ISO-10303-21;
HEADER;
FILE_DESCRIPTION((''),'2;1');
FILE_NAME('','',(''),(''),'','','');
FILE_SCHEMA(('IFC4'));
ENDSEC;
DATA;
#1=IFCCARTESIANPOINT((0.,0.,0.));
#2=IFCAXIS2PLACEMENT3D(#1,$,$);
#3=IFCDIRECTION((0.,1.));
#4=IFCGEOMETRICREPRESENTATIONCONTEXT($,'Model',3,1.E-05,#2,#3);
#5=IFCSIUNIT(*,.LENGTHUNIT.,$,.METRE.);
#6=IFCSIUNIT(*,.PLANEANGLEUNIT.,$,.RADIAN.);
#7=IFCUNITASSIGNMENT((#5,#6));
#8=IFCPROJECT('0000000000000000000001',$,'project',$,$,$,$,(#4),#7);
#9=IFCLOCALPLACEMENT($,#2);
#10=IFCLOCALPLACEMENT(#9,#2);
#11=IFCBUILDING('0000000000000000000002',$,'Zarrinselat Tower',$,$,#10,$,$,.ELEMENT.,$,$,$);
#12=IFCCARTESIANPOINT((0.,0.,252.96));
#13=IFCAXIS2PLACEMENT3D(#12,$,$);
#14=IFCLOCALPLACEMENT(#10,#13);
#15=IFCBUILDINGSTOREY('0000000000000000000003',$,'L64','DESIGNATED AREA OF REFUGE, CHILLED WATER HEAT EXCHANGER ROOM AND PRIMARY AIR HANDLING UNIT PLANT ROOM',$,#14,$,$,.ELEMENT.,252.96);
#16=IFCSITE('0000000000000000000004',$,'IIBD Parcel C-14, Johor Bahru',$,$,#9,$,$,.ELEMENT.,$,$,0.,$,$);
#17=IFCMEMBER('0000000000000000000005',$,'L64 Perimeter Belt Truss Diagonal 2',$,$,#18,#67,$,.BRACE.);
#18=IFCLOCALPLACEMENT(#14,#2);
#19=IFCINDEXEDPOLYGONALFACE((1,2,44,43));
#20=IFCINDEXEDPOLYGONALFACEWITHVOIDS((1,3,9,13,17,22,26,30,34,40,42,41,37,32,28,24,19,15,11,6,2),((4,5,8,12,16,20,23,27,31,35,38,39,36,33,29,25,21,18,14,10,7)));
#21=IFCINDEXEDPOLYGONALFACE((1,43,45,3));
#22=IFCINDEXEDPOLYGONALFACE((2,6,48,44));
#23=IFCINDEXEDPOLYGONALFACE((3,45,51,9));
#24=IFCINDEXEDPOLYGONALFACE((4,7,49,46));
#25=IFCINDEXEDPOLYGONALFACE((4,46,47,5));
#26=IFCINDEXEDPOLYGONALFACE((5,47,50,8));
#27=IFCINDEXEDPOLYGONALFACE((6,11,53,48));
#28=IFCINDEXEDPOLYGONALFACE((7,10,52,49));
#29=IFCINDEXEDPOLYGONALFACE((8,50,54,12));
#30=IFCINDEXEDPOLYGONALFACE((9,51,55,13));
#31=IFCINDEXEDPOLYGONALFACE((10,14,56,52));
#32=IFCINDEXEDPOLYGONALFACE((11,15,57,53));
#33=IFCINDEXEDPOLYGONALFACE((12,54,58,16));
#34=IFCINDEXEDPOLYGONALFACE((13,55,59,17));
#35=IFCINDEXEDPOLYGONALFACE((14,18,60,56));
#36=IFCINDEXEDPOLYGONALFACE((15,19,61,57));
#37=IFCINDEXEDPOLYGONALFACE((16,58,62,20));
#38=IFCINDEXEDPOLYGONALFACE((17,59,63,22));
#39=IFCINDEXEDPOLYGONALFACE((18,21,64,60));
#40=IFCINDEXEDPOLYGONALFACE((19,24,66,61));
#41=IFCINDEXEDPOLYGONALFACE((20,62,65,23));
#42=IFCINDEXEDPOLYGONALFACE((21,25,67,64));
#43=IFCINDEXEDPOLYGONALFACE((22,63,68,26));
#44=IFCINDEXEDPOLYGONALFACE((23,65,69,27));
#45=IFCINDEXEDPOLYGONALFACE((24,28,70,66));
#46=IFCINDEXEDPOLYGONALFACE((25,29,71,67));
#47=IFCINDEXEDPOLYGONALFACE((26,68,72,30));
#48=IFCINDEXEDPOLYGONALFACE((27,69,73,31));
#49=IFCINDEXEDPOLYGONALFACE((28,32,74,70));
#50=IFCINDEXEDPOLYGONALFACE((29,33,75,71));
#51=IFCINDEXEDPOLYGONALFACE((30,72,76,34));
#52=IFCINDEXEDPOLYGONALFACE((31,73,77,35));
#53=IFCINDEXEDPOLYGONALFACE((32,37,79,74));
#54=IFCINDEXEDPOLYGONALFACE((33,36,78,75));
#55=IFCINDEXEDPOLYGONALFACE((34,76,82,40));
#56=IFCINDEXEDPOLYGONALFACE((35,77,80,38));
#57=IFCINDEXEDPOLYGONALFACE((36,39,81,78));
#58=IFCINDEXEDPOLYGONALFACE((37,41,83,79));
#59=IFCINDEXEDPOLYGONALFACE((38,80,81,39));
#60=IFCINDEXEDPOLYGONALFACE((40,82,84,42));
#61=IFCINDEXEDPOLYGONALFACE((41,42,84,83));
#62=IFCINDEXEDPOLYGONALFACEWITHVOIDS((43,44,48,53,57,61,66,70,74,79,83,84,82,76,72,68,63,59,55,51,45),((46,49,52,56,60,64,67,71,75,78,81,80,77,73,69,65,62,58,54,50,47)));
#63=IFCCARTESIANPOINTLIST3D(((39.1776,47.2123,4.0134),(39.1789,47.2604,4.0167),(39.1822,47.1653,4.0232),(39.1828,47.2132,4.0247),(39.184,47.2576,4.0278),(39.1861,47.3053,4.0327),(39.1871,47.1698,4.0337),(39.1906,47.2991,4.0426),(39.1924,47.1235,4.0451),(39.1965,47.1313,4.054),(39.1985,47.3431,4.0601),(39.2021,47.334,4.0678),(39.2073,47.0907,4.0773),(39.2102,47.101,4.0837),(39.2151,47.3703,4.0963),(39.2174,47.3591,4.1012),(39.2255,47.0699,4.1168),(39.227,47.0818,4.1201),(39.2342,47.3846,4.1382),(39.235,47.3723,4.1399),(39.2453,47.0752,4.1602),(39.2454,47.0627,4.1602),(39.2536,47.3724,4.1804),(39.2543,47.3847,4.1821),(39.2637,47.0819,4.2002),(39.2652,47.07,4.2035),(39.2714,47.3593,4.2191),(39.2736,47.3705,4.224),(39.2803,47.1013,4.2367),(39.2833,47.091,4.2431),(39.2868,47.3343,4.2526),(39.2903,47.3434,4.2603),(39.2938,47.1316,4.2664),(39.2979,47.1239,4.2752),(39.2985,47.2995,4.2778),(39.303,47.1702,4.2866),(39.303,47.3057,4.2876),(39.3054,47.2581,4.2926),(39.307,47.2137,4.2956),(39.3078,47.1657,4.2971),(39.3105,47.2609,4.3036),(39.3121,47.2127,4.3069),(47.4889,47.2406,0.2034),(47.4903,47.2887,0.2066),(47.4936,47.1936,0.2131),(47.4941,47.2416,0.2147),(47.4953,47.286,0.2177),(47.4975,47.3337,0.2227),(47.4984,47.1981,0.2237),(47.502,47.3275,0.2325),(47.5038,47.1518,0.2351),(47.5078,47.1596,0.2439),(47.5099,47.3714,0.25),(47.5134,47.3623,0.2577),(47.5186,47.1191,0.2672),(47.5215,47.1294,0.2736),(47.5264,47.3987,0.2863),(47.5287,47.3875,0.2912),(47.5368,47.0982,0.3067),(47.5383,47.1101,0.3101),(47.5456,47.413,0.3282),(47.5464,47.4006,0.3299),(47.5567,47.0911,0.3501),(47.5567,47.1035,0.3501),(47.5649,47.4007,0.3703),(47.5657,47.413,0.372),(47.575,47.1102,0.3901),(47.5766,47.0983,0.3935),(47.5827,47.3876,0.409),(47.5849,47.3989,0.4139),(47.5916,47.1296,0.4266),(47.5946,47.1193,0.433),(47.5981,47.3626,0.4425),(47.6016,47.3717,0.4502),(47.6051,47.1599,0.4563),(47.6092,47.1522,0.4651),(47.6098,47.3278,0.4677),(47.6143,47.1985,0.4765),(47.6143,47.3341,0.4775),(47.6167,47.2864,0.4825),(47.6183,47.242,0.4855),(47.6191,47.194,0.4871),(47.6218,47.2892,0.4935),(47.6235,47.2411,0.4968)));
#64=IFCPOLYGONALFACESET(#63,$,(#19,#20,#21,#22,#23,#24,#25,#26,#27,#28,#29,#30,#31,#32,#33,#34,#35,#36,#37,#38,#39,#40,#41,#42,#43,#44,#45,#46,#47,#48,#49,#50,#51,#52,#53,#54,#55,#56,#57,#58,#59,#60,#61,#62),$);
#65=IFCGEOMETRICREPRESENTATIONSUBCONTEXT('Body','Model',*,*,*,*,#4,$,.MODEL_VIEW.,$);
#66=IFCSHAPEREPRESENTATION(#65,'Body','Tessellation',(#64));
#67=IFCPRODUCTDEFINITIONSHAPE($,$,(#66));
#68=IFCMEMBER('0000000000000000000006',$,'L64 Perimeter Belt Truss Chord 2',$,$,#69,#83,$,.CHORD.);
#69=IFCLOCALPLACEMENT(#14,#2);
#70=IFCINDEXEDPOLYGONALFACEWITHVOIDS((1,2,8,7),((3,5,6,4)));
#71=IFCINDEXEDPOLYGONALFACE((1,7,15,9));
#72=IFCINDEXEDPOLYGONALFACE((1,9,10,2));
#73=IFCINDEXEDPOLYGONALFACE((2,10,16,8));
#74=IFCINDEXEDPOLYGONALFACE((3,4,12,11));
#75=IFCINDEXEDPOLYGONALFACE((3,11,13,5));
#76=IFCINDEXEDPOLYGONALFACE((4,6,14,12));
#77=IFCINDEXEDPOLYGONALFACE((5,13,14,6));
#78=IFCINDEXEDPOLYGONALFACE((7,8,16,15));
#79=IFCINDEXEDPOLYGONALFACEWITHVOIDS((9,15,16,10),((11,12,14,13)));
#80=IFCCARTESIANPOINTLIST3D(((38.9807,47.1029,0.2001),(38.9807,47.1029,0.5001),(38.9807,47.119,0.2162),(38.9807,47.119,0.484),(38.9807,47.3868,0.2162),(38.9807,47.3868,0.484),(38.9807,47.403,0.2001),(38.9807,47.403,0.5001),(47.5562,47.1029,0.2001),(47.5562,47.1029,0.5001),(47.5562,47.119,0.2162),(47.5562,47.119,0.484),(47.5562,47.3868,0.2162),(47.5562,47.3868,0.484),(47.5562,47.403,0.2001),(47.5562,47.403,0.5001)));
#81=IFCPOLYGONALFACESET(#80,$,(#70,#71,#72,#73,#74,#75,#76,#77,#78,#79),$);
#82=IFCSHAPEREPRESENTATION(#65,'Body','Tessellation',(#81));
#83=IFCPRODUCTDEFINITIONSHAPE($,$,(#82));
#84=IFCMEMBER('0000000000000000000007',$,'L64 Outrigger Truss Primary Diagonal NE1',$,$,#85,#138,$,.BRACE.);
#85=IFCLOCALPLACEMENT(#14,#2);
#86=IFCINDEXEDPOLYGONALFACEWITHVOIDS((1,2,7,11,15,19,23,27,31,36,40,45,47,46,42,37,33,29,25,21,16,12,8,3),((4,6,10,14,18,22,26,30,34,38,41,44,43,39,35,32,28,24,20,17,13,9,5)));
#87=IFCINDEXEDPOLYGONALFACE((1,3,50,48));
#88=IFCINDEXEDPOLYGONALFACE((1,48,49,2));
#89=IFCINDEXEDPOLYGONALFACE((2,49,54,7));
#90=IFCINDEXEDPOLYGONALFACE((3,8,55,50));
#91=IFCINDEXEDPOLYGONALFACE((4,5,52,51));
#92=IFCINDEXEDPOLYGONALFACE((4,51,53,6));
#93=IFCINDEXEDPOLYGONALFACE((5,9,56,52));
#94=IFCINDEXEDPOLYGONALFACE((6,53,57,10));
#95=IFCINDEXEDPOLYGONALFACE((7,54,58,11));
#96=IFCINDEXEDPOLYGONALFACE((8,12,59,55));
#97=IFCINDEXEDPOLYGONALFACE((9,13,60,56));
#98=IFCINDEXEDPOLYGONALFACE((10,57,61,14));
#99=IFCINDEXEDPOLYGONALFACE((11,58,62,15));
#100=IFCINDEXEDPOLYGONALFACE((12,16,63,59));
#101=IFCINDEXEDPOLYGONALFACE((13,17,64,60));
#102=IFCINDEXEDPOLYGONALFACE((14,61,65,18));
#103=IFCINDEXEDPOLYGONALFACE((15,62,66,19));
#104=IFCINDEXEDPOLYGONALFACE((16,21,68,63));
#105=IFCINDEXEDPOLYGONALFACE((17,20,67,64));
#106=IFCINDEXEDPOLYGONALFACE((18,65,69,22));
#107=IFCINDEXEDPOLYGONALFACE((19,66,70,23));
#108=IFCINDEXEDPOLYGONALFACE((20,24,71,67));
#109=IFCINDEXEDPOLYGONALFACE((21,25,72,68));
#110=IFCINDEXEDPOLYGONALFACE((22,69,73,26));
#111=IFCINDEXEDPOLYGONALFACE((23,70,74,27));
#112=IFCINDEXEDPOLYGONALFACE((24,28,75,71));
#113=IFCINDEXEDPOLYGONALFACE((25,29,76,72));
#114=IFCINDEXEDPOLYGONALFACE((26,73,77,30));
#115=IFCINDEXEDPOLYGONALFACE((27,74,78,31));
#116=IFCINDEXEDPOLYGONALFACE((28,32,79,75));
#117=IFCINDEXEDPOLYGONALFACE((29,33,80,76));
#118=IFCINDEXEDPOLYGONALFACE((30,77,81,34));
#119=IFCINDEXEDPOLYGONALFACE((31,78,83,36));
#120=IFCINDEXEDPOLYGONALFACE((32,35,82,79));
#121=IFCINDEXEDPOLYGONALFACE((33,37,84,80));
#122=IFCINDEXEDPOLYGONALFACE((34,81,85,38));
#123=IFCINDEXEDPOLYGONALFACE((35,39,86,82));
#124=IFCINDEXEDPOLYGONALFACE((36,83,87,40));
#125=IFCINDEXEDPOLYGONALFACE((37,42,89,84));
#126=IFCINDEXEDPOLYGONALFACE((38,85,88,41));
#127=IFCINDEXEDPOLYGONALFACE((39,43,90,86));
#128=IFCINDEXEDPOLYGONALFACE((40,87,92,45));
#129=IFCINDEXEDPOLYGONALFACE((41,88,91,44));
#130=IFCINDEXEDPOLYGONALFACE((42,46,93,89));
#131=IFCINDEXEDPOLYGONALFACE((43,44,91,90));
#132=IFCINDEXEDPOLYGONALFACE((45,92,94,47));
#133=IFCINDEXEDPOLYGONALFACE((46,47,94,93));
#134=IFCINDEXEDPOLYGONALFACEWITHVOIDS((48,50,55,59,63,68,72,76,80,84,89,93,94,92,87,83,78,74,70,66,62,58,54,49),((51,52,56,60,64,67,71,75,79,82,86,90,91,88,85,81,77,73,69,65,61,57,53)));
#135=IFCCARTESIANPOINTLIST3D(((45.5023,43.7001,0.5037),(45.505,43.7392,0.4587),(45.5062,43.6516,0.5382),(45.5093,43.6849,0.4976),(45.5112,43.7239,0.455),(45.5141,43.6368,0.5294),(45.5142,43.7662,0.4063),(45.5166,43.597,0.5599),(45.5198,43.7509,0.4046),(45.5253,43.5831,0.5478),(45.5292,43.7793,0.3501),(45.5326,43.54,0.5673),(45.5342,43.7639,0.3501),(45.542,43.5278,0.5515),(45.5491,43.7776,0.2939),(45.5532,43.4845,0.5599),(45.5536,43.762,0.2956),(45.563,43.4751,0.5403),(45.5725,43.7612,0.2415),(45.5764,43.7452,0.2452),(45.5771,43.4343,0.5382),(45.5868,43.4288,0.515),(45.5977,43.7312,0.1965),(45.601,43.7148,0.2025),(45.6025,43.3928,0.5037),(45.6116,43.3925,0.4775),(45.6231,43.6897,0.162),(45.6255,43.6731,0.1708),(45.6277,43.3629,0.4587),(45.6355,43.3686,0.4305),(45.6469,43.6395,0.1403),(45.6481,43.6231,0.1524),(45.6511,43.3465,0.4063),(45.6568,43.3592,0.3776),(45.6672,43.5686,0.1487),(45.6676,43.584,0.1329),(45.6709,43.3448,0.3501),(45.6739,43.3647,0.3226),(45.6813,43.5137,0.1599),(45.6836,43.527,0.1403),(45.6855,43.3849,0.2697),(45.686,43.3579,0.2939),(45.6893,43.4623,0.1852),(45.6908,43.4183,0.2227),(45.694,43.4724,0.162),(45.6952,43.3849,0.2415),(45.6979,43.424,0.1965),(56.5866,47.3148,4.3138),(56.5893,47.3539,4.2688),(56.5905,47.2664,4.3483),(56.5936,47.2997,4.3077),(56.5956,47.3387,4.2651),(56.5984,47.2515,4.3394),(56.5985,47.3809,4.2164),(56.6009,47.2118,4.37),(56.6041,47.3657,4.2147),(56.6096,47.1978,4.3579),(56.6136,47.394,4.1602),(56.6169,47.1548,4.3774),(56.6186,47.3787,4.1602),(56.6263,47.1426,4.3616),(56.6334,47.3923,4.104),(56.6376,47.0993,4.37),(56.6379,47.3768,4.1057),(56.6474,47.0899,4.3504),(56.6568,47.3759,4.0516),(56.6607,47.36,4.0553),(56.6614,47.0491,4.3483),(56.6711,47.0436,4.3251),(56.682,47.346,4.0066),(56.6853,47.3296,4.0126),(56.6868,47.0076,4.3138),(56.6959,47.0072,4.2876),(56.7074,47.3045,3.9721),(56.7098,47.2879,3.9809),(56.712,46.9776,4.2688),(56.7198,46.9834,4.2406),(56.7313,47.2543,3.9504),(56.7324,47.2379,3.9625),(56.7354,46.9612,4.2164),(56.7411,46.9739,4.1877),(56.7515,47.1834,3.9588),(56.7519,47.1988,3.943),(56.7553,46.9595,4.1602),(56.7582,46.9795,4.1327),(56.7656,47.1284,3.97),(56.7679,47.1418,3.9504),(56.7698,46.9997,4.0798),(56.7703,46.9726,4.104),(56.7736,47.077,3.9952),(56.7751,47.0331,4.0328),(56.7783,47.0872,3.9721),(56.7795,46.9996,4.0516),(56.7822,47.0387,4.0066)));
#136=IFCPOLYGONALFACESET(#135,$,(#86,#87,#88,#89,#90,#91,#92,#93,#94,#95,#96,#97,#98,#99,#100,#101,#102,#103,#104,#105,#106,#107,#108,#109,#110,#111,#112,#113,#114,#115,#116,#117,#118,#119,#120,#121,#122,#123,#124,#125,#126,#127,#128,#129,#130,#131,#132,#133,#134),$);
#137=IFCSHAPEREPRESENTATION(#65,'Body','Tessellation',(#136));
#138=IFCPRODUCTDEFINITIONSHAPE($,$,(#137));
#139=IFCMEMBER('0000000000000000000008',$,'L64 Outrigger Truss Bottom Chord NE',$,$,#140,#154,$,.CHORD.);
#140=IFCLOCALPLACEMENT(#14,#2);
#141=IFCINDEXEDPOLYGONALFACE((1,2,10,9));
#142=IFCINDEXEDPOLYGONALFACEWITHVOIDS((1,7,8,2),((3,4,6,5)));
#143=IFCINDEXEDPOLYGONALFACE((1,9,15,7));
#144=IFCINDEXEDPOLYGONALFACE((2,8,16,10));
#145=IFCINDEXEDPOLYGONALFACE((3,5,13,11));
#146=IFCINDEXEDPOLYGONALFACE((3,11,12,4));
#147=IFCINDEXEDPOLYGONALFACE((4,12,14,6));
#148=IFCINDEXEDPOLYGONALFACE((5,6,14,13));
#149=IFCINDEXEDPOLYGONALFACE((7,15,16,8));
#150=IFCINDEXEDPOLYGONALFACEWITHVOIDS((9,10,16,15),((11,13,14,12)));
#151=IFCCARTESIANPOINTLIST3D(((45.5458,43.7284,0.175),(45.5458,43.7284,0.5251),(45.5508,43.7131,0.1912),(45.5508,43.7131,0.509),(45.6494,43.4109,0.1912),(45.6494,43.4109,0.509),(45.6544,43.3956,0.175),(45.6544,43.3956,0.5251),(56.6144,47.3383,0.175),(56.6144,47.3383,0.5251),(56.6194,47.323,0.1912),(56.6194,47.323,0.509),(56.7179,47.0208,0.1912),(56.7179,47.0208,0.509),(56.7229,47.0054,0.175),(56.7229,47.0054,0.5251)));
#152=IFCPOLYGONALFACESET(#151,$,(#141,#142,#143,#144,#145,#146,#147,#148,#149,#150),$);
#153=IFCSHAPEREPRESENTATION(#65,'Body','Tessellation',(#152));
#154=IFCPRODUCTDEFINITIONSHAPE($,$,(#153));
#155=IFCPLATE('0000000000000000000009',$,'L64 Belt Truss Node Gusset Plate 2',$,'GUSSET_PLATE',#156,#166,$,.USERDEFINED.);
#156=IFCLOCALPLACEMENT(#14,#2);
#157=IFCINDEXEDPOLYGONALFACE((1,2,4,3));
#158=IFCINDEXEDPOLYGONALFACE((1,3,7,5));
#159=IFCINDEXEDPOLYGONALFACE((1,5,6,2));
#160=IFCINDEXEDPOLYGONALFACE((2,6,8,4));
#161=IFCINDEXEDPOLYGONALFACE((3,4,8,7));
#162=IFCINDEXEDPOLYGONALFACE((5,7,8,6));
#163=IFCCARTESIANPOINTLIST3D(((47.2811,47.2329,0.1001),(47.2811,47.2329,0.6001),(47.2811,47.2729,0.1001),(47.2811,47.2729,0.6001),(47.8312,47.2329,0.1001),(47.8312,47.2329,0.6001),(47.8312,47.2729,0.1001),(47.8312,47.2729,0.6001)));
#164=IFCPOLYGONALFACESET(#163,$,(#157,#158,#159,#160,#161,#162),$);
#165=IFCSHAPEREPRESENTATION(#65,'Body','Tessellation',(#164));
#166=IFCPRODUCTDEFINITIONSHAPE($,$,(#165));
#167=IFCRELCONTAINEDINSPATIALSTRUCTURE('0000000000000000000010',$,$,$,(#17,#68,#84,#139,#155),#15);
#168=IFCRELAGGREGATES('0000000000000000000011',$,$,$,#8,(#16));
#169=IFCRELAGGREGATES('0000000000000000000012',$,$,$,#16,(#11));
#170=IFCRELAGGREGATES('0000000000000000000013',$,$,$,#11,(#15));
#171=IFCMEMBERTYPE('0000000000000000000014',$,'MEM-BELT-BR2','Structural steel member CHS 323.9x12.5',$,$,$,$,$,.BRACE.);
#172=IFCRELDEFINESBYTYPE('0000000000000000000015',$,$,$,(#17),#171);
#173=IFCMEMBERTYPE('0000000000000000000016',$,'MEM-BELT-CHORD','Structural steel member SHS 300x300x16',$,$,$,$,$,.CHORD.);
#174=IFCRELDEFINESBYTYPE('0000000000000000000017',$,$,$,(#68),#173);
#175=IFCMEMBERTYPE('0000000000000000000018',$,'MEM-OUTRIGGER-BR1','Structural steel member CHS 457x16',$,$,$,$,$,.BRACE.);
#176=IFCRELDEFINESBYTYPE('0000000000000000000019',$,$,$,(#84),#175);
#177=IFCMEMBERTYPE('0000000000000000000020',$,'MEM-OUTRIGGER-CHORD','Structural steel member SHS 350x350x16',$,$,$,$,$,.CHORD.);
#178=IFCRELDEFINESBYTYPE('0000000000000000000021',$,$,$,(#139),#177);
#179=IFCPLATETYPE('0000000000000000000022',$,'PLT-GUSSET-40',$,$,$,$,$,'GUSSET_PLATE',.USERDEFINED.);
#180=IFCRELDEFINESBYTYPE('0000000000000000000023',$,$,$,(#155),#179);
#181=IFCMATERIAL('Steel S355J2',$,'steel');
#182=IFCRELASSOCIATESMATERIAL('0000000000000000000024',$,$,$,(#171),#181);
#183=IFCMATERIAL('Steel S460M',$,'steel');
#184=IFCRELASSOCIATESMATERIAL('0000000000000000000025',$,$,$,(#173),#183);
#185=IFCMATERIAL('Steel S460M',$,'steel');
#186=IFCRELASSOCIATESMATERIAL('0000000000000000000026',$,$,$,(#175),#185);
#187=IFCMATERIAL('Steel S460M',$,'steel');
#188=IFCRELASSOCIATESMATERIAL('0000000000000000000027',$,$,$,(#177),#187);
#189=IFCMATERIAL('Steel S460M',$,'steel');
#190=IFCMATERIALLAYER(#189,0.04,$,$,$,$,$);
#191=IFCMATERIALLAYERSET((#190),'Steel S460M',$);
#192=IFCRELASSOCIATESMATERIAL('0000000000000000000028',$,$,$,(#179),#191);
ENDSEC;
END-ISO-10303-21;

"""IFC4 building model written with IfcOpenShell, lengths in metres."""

from ifc_helpers import new_model, si_unit, direction, frame, origin, origin_2d, place, context, subcontext, project, spatial, rectangle, hollow_rectangle, hollow_circle, extrude, material, layer, layer_set, material_profile, profile_set, type_object, element, save


model = new_model("IFC4")

# Units and contexts
model_context = context("Model", 3, precision=1e-05, world=origin(), true_north=direction((0.0, 1.0)))
body_context = subcontext(model_context, "Body", "Model", "MODEL_VIEW")
ifc_project = project(units=[si_unit("LENGTHUNIT", "METRE"), si_unit("PLANEANGLEUNIT", "RADIAN")], contexts=[model_context])

# Site, building, storey
site_placement = place(None, origin())
site = spatial("IfcSite", under=ifc_project, at=site_placement, Name="IIBD Parcel C-14, Johor Bahru", CompositionType="ELEMENT", RefElevation=0.0)
building_placement = place(site_placement, origin())
building = spatial("IfcBuilding", under=site, at=building_placement, Name="Zarrinselat Tower", CompositionType="ELEMENT")
storey_placement = place(building_placement, frame((0.0, 0.0, 252.96)))
storey = spatial("IfcBuildingStorey", under=building, at=storey_placement, Name="L64", Description="DESIGNATED AREA OF REFUGE, CHILLED WATER HEAT EXCHANGER ROOM AND PRIMARY AIR HANDLING UNIT PLANT ROOM", CompositionType="ELEMENT", Elevation=252.96)

# Members
ifc_material_1 = material(Name="Steel S355J2", Category="steel")
ifc_material_profile_1 = material_profile(ifc_material_1, hollow_circle(Radius=0.1619, WallThickness=0.0125, at=origin_2d()), Name="CHS 323.9x12.5")
ifc_profile_set_1 = profile_set([ifc_material_profile_1], Name="Steel S355J2")
member_type_1 = type_object("IfcMemberType", Name="MEM-BELT-BR2", Description="Structural steel member CHS 323.9x12.5", PredefinedType="BRACE", material=ifc_profile_set_1)
member_1_placement = place(storey_placement, frame((47.5562, 47.2529, 0.3501), z_axis=(-0.909031, -0.003097, 0.416718), x_axis=(0.003407, -0.999994, 0.0)))
element("IfcMember", 1, at=member_1_placement, inside=storey, type_object=member_type_1, Name="L64 Perimeter Belt Truss Diagonal 2", PredefinedType="BRACE", context=body_context, shape_type="SweptSolid", body=[
    extrude(hollow_circle(Radius=0.1619, WallThickness=0.0125, at=origin_2d()), origin(), (0.0, 0.0, 1.0), 9.1431),
])
ifc_material_2 = material(Name="Steel S460M", Category="steel")
ifc_material_profile_2 = material_profile(ifc_material_2, hollow_rectangle(XDim=0.3, YDim=0.3, WallThickness=0.0161, at=origin_2d()), Name="SHS 300x300x16")
ifc_profile_set_2 = profile_set([ifc_material_profile_2], Name="Steel S460M")
member_type_2 = type_object("IfcMemberType", Name="MEM-BELT-CHORD", Description="Structural steel member SHS 300x300x16", PredefinedType="CHORD", material=ifc_profile_set_2)
member_2_placement = place(storey_placement, frame((47.5562, 47.2529, 0.3501), z_axis=(-1.0, 0.0, 0.0), x_axis=(0.0, -1.0, 0.0)))
element("IfcMember", 2, at=member_2_placement, inside=storey, type_object=member_type_2, Name="L64 Perimeter Belt Truss Chord 2", PredefinedType="CHORD", context=body_context, shape_type="SweptSolid", body=[
    extrude(hollow_rectangle(XDim=0.3, YDim=0.3, WallThickness=0.0161, at=origin_2d()), origin(), (0.0, 0.0, 1.0), 8.5754),
])
ifc_material_3 = material(Name="Steel S460M", Category="steel")
ifc_material_profile_3 = material_profile(ifc_material_3, hollow_circle(Radius=0.2285, WallThickness=0.0161, at=origin_2d()), Name="CHS 457x16")
ifc_profile_set_3 = profile_set([ifc_material_profile_3], Name="Steel S460M")
member_type_3 = type_object("IfcMemberType", Name="MEM-OUTRIGGER-BR1", Description="Structural steel member CHS 457x16", PredefinedType="BRACE", material=ifc_profile_set_3)
member_3_placement = place(storey_placement, frame((45.6001, 43.562, 0.3501), z_axis=(0.90369, 0.294708, 0.310632), x_axis=(-0.310046, 0.950722, 0.0)))
element("IfcMember", 3, at=member_3_placement, inside=storey, type_object=member_type_3, Name="L64 Outrigger Truss Primary Diagonal NE1", PredefinedType="BRACE", context=body_context, shape_type="SweptSolid", body=[
    extrude(hollow_circle(Radius=0.2285, WallThickness=0.0161, at=origin_2d()), origin(), (0.0, 0.0, 1.0), 12.2656),
])
ifc_material_4 = material(Name="Steel S460M", Category="steel")
ifc_material_profile_4 = material_profile(ifc_material_4, hollow_rectangle(XDim=0.3501, YDim=0.3501, WallThickness=0.0161, at=origin_2d()), Name="SHS 350x350x16")
ifc_profile_set_4 = profile_set([ifc_material_profile_4], Name="Steel S460M")
member_type_4 = type_object("IfcMemberType", Name="MEM-OUTRIGGER-CHORD", Description="Structural steel member SHS 350x350x16", PredefinedType="CHORD", material=ifc_profile_set_4)
member_4_placement = place(storey_placement, frame((45.6001, 43.562, 0.3501), z_axis=(0.950716, 0.310062, 0.0), x_axis=(-0.310062, 0.950716, 0.0)))
element("IfcMember", 4, at=member_4_placement, inside=storey, type_object=member_type_4, Name="L64 Outrigger Truss Bottom Chord NE", PredefinedType="CHORD", context=body_context, shape_type="SweptSolid", body=[
    extrude(hollow_rectangle(XDim=0.3501, YDim=0.3501, WallThickness=0.0161, at=origin_2d()), origin(), (0.0, 0.0, 1.0), 11.6423),
])

# Plate
ifc_material_5 = material(Name="Steel S460M", Category="steel")
ifc_layer_1 = layer(ifc_material_5, 0.04)
ifc_layer_set_1 = layer_set([ifc_layer_1], Name="Steel S460M")
plate_type = type_object("IfcPlateType", Name="PLT-GUSSET-40", ElementType="GUSSET_PLATE", PredefinedType="USERDEFINED", material=ifc_layer_set_1)
plate_placement = place(storey_placement, frame((47.5562, 47.2529, 0.1001), z_axis=(0.0, 0.0, 1.0), x_axis=(-1.0, 0.0, 0.0)))
element("IfcPlate", 5, at=plate_placement, inside=storey, type_object=plate_type, Name="L64 Belt Truss Node Gusset Plate 2", ObjectType="GUSSET_PLATE", PredefinedType="USERDEFINED", context=body_context, shape_type="SweptSolid", body=[
    extrude(rectangle(XDim=0.55, YDim=0.04, at=origin_2d()), origin(), (0.0, 0.0, 1.0), 0.5),
])

save(model, "model.ifc")
